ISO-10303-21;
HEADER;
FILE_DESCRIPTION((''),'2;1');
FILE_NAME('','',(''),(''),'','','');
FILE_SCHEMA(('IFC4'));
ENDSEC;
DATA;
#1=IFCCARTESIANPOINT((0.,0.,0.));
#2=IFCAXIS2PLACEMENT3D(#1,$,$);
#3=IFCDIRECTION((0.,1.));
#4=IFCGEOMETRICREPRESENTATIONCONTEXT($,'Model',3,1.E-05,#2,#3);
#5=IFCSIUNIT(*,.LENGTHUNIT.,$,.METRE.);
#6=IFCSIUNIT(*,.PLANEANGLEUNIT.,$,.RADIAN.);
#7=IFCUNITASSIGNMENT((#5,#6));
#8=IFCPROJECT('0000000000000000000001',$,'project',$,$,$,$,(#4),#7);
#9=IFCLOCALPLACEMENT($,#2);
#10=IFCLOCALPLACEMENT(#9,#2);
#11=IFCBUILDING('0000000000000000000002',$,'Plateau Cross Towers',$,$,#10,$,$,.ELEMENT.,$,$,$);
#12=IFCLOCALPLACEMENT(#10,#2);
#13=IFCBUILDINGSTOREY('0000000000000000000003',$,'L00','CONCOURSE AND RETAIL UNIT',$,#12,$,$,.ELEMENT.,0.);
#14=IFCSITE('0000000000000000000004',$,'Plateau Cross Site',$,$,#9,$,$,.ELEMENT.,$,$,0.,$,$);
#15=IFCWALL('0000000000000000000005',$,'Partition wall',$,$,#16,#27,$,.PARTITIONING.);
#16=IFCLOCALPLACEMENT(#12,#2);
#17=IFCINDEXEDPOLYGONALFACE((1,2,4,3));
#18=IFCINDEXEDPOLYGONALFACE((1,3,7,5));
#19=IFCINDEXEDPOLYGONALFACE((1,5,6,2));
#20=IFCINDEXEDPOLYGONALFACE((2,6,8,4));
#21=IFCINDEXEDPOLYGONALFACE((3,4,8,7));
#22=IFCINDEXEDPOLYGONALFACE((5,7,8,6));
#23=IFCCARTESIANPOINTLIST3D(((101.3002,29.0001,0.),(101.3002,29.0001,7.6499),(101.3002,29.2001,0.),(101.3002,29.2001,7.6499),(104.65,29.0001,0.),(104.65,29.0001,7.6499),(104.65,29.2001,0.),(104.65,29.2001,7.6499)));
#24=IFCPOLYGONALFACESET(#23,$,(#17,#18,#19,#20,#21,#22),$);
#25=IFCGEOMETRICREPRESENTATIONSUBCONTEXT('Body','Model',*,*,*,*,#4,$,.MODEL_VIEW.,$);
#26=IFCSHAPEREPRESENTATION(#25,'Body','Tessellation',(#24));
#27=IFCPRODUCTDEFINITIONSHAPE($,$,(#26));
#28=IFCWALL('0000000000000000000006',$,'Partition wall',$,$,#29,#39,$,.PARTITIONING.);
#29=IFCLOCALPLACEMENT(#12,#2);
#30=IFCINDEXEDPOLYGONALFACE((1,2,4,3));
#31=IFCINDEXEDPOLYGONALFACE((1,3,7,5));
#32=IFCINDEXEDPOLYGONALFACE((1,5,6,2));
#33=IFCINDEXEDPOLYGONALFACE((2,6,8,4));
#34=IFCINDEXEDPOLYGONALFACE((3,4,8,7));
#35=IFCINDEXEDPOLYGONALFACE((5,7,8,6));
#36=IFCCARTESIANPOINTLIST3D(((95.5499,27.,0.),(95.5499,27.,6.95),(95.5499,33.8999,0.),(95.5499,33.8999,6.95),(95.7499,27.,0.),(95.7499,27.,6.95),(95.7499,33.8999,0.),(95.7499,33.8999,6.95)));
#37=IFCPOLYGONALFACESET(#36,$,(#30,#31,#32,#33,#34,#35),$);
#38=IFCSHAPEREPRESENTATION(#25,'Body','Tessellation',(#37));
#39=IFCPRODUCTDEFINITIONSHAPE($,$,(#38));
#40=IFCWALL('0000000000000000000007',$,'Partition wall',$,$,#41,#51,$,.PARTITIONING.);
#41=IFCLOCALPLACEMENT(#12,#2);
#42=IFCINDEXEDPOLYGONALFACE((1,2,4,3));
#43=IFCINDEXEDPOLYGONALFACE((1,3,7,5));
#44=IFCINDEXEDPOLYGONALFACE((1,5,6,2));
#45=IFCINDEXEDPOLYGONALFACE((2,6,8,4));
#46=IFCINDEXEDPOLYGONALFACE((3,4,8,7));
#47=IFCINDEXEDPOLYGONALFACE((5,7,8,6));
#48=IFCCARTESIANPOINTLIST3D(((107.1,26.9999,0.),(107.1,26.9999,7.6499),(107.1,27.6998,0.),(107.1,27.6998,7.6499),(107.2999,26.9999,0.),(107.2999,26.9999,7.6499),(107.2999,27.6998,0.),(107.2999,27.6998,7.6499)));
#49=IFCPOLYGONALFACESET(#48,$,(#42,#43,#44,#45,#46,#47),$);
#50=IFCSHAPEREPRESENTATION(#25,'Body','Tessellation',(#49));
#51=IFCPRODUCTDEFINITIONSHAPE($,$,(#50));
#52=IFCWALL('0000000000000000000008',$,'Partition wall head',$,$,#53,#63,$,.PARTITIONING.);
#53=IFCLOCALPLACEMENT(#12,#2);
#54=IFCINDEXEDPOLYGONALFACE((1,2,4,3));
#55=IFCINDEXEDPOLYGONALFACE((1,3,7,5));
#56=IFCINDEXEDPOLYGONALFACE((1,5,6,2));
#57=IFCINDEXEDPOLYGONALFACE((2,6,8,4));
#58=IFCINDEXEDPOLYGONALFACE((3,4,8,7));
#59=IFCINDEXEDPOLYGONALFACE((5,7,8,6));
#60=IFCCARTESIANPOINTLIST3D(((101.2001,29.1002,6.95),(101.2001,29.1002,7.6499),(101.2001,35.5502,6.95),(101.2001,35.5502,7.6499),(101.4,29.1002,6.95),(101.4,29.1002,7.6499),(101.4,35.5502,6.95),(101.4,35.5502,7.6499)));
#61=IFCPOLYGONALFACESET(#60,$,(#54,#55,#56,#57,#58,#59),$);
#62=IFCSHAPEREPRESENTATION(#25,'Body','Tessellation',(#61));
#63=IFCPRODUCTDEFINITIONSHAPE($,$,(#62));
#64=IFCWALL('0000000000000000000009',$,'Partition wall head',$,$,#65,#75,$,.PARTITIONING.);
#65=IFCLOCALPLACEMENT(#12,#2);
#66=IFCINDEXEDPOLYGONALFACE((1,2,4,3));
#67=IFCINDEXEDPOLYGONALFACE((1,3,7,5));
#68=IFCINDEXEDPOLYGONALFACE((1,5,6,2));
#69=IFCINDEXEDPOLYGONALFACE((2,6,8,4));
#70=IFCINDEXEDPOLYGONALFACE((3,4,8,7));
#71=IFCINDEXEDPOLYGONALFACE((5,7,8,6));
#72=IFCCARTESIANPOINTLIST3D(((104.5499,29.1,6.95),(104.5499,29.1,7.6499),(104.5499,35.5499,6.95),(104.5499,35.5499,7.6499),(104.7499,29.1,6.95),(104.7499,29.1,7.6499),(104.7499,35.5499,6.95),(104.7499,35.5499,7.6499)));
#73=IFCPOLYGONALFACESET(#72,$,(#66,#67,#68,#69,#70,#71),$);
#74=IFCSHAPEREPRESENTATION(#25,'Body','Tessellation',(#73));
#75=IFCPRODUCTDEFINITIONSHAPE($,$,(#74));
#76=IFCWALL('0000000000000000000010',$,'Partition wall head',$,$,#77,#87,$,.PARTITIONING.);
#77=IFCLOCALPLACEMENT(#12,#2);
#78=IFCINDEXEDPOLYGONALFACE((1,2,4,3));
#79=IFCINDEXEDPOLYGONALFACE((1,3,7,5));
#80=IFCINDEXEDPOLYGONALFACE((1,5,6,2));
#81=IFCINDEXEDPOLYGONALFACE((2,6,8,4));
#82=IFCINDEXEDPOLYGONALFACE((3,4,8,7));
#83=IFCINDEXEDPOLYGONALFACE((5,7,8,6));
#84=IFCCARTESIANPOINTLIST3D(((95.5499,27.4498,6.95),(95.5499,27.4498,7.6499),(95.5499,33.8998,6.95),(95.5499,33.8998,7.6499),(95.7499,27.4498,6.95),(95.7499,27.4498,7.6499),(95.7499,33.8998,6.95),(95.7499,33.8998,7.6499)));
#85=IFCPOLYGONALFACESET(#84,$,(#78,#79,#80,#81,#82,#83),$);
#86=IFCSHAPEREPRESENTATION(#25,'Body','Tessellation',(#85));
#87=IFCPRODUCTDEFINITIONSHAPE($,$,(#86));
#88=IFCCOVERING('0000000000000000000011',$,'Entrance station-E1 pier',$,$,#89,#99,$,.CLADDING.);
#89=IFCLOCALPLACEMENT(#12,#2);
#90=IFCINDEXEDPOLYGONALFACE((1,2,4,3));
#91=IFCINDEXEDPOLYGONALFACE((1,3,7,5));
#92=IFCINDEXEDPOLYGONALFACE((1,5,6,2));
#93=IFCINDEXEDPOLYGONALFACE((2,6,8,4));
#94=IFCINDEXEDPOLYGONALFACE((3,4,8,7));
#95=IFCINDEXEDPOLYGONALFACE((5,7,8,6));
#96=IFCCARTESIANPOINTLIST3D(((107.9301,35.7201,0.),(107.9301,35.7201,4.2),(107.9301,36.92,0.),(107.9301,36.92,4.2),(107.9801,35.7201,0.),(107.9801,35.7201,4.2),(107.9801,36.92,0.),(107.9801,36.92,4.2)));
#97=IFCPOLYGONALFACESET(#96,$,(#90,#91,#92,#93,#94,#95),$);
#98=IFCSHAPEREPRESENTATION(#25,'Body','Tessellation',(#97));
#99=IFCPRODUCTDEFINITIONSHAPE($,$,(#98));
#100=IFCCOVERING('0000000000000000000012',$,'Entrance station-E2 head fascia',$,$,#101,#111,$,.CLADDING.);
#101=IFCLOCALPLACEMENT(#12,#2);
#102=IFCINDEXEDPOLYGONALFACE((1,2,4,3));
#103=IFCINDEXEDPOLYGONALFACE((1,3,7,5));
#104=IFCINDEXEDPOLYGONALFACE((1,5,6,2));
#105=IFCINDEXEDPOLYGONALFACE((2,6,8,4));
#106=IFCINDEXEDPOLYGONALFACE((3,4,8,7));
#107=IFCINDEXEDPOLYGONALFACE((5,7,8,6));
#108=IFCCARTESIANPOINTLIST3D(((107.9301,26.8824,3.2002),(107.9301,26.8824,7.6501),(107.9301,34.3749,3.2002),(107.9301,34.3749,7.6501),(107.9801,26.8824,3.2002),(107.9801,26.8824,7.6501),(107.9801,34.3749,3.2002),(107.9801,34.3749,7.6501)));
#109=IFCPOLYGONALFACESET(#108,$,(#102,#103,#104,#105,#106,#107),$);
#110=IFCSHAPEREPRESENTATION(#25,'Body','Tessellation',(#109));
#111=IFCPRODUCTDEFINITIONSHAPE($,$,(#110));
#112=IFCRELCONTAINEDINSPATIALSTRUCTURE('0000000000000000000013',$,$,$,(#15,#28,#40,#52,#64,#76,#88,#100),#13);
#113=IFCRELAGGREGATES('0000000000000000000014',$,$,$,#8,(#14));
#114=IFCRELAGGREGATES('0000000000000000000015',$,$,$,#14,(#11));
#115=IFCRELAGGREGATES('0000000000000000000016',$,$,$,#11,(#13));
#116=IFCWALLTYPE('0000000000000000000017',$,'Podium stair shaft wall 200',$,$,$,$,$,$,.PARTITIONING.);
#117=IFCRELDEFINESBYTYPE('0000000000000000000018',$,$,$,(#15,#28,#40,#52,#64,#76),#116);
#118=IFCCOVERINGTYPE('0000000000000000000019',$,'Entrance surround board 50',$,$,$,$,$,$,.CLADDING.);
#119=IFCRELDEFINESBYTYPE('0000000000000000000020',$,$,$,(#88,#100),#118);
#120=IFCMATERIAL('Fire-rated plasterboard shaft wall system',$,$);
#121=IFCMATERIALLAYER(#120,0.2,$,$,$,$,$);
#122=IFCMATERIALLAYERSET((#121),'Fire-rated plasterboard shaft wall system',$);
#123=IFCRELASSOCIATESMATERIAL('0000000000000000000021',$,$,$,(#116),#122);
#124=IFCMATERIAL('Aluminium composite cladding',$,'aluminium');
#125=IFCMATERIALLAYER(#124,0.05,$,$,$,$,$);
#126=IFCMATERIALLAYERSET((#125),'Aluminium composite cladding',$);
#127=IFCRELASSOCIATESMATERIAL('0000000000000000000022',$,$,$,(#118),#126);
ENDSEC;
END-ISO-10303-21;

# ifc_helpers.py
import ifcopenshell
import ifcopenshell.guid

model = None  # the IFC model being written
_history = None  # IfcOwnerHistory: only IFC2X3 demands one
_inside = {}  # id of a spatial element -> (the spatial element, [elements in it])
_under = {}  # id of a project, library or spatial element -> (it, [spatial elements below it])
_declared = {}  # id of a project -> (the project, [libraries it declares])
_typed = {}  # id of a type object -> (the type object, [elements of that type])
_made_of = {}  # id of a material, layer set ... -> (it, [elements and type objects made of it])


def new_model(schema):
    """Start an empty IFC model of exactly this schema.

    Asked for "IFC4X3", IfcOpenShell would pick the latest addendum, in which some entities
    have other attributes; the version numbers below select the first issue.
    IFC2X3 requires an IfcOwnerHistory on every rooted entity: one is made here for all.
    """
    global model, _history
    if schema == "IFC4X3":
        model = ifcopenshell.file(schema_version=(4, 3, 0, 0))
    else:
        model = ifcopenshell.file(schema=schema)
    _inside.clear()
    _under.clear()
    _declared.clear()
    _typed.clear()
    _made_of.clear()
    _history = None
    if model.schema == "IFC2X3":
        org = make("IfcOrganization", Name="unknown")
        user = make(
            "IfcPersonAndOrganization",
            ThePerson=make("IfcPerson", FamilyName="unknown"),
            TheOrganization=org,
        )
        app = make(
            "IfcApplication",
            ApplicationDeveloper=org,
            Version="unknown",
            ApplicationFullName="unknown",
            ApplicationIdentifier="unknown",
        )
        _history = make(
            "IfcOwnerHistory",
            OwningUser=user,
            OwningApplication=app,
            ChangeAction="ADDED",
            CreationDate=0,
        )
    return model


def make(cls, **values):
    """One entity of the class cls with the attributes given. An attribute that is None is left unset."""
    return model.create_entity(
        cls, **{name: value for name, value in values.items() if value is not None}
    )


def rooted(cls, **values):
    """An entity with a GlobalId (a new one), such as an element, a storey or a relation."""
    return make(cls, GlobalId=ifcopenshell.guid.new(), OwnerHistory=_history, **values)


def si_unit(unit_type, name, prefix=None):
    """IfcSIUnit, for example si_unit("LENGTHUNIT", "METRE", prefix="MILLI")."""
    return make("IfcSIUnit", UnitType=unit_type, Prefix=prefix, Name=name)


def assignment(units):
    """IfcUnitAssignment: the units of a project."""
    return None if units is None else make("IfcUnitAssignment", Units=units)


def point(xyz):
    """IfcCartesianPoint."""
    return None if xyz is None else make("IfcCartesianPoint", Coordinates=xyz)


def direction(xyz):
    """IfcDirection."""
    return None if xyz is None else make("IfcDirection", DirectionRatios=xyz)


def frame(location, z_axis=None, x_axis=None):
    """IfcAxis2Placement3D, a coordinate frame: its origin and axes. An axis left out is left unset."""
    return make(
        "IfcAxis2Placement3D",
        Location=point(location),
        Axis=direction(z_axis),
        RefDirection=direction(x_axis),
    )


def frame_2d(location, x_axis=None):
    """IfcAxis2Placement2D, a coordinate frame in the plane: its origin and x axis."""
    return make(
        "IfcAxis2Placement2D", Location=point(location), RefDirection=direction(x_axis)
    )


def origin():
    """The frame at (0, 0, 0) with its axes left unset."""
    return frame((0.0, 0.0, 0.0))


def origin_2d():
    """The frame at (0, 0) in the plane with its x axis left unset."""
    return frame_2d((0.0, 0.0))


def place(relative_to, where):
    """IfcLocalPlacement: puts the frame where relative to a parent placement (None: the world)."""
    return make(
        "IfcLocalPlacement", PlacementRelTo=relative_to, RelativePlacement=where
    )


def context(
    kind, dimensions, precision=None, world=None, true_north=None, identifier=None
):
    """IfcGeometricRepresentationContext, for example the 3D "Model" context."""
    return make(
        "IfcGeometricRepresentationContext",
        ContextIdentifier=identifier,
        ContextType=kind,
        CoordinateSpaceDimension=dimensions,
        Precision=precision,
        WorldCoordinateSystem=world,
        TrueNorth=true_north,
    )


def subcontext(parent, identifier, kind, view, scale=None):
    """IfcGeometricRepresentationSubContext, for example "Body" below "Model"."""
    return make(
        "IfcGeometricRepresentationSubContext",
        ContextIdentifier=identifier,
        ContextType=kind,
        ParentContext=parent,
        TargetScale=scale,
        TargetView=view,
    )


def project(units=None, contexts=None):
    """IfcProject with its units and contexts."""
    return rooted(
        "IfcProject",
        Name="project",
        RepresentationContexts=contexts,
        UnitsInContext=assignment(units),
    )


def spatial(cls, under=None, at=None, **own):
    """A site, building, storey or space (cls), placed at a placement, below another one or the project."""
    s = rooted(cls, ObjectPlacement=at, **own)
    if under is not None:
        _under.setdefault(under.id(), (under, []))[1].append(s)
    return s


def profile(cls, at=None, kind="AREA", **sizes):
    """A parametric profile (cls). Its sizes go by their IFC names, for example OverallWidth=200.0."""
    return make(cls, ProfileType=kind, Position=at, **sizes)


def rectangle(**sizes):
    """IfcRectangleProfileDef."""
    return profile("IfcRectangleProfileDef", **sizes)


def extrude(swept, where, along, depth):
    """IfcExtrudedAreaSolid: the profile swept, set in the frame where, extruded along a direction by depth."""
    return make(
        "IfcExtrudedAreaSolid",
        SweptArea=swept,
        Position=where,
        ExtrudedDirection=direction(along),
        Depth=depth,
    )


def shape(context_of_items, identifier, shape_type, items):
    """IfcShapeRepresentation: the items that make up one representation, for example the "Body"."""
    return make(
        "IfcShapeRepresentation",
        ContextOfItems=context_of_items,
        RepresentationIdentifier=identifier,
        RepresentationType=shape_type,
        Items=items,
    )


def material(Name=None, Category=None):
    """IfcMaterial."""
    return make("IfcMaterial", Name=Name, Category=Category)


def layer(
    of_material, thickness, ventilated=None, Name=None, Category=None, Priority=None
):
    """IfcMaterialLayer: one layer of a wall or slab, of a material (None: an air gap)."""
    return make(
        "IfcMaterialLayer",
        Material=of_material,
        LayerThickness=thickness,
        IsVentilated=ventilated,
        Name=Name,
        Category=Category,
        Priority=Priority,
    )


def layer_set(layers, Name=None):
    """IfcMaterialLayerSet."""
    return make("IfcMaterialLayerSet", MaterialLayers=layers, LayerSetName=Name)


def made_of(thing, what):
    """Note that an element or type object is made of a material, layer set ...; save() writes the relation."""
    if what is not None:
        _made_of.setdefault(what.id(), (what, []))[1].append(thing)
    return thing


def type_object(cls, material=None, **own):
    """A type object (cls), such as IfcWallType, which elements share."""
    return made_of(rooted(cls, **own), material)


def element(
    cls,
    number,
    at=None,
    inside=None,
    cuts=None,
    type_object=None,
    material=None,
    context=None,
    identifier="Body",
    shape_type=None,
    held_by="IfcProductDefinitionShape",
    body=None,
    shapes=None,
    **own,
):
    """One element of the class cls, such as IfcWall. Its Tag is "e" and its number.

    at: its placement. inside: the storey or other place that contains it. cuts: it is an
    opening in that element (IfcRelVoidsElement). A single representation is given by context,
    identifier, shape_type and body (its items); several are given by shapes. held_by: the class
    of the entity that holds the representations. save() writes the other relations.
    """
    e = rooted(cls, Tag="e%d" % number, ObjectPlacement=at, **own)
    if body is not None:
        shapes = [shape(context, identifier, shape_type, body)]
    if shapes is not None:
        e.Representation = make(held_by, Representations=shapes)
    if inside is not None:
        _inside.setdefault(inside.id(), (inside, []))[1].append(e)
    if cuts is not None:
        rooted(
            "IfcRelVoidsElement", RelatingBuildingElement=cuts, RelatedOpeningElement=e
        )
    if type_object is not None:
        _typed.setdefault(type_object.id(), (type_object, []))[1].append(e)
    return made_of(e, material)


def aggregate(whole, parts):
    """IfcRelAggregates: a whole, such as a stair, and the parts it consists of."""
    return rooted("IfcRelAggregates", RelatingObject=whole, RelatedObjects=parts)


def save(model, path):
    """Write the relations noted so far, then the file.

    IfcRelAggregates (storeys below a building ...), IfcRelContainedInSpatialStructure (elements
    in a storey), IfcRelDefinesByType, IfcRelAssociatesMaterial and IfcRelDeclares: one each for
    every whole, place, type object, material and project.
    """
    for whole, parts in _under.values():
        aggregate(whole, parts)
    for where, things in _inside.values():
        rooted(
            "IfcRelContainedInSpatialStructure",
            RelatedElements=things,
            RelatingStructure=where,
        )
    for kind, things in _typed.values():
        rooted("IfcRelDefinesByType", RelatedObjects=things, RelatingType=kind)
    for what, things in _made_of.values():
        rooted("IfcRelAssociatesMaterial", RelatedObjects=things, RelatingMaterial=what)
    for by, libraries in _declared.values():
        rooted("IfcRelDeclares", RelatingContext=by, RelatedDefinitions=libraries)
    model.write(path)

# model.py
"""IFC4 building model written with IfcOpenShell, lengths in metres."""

from ifc_helpers import new_model, si_unit, direction, frame, frame_2d, origin, origin_2d, place, context, subcontext, project, spatial, rectangle, extrude, material, layer, layer_set, type_object, element, save


model = new_model("IFC4")

# Units and contexts
model_context = context("Model", 3, precision=1e-05, world=origin(), true_north=direction((0.0, 1.0)))
body_context = subcontext(model_context, "Body", "Model", "MODEL_VIEW")
ifc_project = project(units=[si_unit("LENGTHUNIT", "METRE"), si_unit("PLANEANGLEUNIT", "RADIAN")], contexts=[model_context])

# Site, building, storey
site_placement = place(None, origin())
site = spatial("IfcSite", under=ifc_project, at=site_placement, Name="Plateau Cross Site", CompositionType="ELEMENT", RefElevation=0.0)
building_placement = place(site_placement, origin())
building = spatial("IfcBuilding", under=site, at=building_placement, Name="Plateau Cross Towers", CompositionType="ELEMENT")
storey_placement = place(building_placement, origin())
storey = spatial("IfcBuildingStorey", under=building, at=storey_placement, Name="L00", Description="CONCOURSE AND RETAIL UNIT", CompositionType="ELEMENT", Elevation=0.0)

# Shared definitions
ifc_material_1 = material(Name="Fire-rated plasterboard shaft wall system")
ifc_layer_1 = layer(ifc_material_1, 0.2)
ifc_layer_set_1 = layer_set([ifc_layer_1], Name="Fire-rated plasterboard shaft wall system")
wall_type_1 = type_object("IfcWallType", Name="Podium stair shaft wall 200", PredefinedType="PARTITIONING", material=ifc_layer_set_1)

# Walls
wall_1_placement = place(storey_placement, frame((104.6499, 29.1001, 0.0), z_axis=(0.0, 0.0, 1.0), x_axis=(-1.0, 0.0, 0.0)))
element("IfcWall", 1, at=wall_1_placement, inside=storey, type_object=wall_type_1, Name="Partition wall", PredefinedType="PARTITIONING", context=body_context, shape_type="SweptSolid", body=[
    extrude(rectangle(XDim=3.3499, YDim=0.2, at=frame_2d((1.6748, 0.0))), origin(), (0.0, 0.0, 1.0), 7.6499),
])
wall_2_placement = place(storey_placement, frame((95.6499, 33.8999, 0.0), z_axis=(0.0, 0.0, 1.0), x_axis=(0.0, -1.0, 0.0)))
element("IfcWall", 2, at=wall_2_placement, inside=storey, type_object=wall_type_1, Name="Partition wall", PredefinedType="PARTITIONING", context=body_context, shape_type="SweptSolid", body=[
    extrude(rectangle(XDim=6.8999, YDim=0.2, at=frame_2d((3.45, 0.0))), origin(), (0.0, 0.0, 1.0), 6.95),
])
wall_3_placement = place(storey_placement, frame((107.2, 27.7, 0.0), z_axis=(0.0, 0.0, 1.0), x_axis=(0.0, -1.0, 0.0)))
element("IfcWall", 3, at=wall_3_placement, inside=storey, type_object=wall_type_1, Name="Partition wall", PredefinedType="PARTITIONING", context=body_context, shape_type="SweptSolid", body=[
    extrude(rectangle(XDim=0.7, YDim=0.2, at=frame_2d((0.3501, 0.0))), origin(), (0.0, 0.0, 1.0), 7.6499),
])
for number, where, z_axis, x_axis, name in (
    (4, (101.3, 29.1001, 6.95), (0.0, 0.0, 1.0), (0.0, 1.0, 0.0), "Partition wall head"),
    (5, (104.6499, 35.55, 6.95), (0.0, 0.0, 1.0), (0.0, -1.0, 0.0), "Partition wall head"),
    (6, (95.6499, 33.8999, 6.95), (0.0, 0.0, 1.0), (0.0, -1.0, 0.0), "Partition wall head"),
):
    element("IfcWall", number, at=place(storey_placement, frame(where, z_axis=z_axis, x_axis=x_axis)), inside=storey, type_object=wall_type_1, Name=name, PredefinedType="PARTITIONING", context=body_context, shape_type="SweptSolid", body=[
        extrude(rectangle(XDim=6.45, YDim=0.2, at=frame_2d((3.2251, 0.0))), origin(), (0.0, 0.0, 1.0), 0.7),
    ])

# Coverings
ifc_material_2 = material(Name="Aluminium composite cladding", Category="aluminium")
ifc_layer_2 = layer(ifc_material_2, 0.05)
ifc_layer_set_2 = layer_set([ifc_layer_2], Name="Aluminium composite cladding")
covering_type = type_object("IfcCoveringType", Name="Entrance surround board 50", PredefinedType="CLADDING", material=ifc_layer_set_2)
covering_1_placement = place(storey_placement, frame((107.9551, 36.3201, 0.0), z_axis=(0.0, 0.0, 1.0), x_axis=(0.0, 1.0, 0.0)))
element("IfcCovering", 7, at=covering_1_placement, inside=storey, type_object=covering_type, Name="Entrance station-E1 pier", PredefinedType="CLADDING", context=body_context, shape_type="SweptSolid", body=[
    extrude(rectangle(XDim=1.2, YDim=0.05, at=origin_2d()), origin(), (0.0, 0.0, 1.0), 4.2),
])
covering_2_placement = place(storey_placement, frame((107.9551, 30.6287, 3.2002), z_axis=(0.0, 0.0, 1.0), x_axis=(0.0, 1.0, 0.0)))
element("IfcCovering", 8, at=covering_2_placement, inside=storey, type_object=covering_type, Name="Entrance station-E2 head fascia", PredefinedType="CLADDING", context=body_context, shape_type="SweptSolid", body=[
    extrude(rectangle(XDim=7.4924, YDim=0.05, at=origin_2d()), origin(), (0.0, 0.0, 1.0), 4.45),
])

save(model, "model.ifc")
